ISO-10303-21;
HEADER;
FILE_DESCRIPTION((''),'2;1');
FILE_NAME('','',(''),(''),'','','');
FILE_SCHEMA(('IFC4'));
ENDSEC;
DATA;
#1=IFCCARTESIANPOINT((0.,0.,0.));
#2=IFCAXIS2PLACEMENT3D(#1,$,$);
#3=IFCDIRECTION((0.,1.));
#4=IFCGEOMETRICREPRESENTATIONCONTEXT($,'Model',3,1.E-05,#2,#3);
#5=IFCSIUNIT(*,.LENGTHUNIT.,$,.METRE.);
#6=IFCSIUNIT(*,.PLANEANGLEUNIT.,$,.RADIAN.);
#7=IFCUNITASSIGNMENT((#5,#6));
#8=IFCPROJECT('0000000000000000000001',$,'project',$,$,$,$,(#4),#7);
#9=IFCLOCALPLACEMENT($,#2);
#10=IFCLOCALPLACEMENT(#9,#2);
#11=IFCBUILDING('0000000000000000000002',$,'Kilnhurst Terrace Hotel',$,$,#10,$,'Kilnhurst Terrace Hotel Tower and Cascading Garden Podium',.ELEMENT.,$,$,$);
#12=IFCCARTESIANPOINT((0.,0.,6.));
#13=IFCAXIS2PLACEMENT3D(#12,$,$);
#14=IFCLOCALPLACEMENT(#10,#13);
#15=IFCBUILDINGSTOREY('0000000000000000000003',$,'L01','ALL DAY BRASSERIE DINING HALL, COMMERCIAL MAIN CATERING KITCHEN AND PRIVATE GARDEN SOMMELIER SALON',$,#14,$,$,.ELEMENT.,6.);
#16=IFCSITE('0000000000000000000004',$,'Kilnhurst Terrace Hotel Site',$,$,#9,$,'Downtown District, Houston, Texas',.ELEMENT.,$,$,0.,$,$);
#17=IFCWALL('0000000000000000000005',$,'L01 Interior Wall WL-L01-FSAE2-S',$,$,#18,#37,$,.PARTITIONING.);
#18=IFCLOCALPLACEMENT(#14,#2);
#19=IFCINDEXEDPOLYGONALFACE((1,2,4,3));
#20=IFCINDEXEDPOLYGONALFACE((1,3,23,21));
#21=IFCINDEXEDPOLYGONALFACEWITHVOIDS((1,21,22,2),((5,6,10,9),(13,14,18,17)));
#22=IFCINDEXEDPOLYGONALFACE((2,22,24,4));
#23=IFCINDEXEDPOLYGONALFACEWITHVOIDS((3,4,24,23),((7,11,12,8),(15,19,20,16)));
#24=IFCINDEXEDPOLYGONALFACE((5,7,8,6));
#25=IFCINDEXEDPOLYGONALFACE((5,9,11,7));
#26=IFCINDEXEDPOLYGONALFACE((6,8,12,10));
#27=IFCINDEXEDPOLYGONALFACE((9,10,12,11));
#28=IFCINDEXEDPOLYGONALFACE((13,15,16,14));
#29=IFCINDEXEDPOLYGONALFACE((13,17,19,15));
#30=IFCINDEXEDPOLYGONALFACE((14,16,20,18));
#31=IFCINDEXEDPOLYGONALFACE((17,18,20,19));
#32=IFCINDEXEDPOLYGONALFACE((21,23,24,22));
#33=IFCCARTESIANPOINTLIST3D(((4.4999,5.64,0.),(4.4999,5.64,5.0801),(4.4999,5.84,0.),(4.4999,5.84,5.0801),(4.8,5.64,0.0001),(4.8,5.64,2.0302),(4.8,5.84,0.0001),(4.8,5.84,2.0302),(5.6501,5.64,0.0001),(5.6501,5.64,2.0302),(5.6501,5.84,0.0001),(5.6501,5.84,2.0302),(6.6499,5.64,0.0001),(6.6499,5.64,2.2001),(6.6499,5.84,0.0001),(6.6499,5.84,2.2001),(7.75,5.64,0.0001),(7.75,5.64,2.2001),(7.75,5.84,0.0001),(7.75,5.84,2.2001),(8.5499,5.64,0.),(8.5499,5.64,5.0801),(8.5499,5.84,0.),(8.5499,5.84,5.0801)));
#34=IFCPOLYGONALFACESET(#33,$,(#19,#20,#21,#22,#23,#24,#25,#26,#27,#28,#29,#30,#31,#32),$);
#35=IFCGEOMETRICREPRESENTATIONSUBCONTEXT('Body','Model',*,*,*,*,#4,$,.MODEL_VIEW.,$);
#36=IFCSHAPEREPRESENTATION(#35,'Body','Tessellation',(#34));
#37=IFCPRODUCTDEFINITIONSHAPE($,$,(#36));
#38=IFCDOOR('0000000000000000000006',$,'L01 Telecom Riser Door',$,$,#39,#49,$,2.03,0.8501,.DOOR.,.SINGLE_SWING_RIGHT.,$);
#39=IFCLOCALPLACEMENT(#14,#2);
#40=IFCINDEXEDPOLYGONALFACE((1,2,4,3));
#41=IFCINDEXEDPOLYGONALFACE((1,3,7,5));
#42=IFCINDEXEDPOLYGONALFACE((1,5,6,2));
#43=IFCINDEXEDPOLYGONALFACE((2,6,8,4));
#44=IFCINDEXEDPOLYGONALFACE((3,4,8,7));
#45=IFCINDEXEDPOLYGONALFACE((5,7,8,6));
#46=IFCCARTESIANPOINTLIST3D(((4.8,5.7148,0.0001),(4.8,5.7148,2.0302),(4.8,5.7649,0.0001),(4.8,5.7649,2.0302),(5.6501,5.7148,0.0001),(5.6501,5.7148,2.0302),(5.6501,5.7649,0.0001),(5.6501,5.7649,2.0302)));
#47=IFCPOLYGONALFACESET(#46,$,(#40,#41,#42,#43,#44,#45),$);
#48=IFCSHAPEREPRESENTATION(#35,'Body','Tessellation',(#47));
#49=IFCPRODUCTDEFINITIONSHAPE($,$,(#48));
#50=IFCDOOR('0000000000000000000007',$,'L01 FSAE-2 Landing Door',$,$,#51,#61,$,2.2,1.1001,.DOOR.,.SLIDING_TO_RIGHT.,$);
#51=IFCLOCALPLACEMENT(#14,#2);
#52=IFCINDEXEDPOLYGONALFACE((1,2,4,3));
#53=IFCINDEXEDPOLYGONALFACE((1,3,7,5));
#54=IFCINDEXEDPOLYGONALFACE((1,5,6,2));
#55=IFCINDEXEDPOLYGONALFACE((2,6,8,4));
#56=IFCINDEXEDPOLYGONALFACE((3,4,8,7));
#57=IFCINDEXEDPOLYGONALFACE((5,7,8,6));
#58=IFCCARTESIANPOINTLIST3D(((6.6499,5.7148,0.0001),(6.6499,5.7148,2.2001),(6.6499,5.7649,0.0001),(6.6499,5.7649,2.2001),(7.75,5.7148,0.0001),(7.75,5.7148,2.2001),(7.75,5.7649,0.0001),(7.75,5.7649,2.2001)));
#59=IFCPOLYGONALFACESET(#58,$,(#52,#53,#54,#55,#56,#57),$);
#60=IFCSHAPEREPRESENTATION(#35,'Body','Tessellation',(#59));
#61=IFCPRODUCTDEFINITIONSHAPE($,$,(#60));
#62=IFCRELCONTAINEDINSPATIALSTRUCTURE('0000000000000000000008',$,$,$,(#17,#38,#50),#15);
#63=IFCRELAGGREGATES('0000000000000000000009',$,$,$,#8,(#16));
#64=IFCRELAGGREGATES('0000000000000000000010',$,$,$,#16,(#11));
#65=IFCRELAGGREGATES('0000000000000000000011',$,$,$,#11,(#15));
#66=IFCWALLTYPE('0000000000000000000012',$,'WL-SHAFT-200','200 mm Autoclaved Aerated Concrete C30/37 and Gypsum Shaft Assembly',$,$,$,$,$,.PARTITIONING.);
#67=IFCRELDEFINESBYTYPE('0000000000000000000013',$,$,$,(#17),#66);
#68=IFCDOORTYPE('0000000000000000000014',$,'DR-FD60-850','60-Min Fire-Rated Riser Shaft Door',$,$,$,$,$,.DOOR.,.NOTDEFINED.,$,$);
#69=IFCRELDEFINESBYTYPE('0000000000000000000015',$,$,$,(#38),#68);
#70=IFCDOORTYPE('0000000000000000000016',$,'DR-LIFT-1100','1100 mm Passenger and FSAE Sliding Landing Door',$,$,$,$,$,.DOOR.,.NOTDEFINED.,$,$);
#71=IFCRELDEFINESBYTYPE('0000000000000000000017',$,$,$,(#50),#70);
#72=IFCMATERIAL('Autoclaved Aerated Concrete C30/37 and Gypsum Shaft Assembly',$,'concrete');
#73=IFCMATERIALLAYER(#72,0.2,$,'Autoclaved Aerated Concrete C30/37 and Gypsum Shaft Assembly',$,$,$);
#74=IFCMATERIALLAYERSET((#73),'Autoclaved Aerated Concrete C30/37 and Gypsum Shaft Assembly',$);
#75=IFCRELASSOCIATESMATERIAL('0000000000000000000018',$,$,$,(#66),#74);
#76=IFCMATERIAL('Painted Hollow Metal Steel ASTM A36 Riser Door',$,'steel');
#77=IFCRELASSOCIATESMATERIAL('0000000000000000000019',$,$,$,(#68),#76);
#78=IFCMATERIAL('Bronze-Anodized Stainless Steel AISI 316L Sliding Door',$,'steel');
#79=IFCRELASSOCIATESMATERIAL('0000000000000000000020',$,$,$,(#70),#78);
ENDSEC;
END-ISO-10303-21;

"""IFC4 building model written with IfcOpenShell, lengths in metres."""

from ifc_helpers import new_model, si_unit, direction, frame, frame_2d, origin, place, context, subcontext, project, spatial, rectangle, extrude, material, layer, layer_set, type_object, element, fill, save


model = new_model("IFC4")

# Units and contexts
model_context = context("Model", 3, precision=1e-05, world=origin(), true_north=direction((0.0, 1.0)))
body_context = subcontext(model_context, "Body", "Model", "MODEL_VIEW")
ifc_project = project(units=[si_unit("LENGTHUNIT", "METRE"), si_unit("PLANEANGLEUNIT", "RADIAN")], contexts=[model_context])

# Site, building, storey
site_placement = place(None, origin())
site = spatial("IfcSite", under=ifc_project, at=site_placement, Name="Kilnhurst Terrace Hotel Site", LongName="Downtown District, Houston, Texas", CompositionType="ELEMENT", RefElevation=0.0)
building_placement = place(site_placement, origin())
building = spatial("IfcBuilding", under=site, at=building_placement, Name="Kilnhurst Terrace Hotel", LongName="Kilnhurst Terrace Hotel Tower and Cascading Garden Podium", CompositionType="ELEMENT")
storey_placement = place(building_placement, frame((0.0, 0.0, 6.0)))
storey = spatial("IfcBuildingStorey", under=building, at=storey_placement, Name="L01", Description="ALL DAY BRASSERIE DINING HALL, COMMERCIAL MAIN CATERING KITCHEN AND PRIVATE GARDEN SOMMELIER SALON", CompositionType="ELEMENT", Elevation=6.0)

# Wall, openings, doors
ifc_material_1 = material(Name="Autoclaved Aerated Concrete C30/37 and Gypsum Shaft Assembly", Category="concrete")
ifc_layer_1 = layer(ifc_material_1, 0.2, Name="Autoclaved Aerated Concrete C30/37 and Gypsum Shaft Assembly")
ifc_layer_set_1 = layer_set([ifc_layer_1], Name="Autoclaved Aerated Concrete C30/37 and Gypsum Shaft Assembly")
wall_type_1 = type_object("IfcWallType", Name="WL-SHAFT-200", Description="200 mm Autoclaved Aerated Concrete C30/37 and Gypsum Shaft Assembly", PredefinedType="PARTITIONING", material=ifc_layer_set_1)
wall_1_placement = place(storey_placement, frame((4.5, 5.74, 0.0), z_axis=(0.0, 0.0, 1.0), x_axis=(1.0, 0.0, 0.0)))
wall_1 = element("IfcWall", 1, at=wall_1_placement, inside=storey, type_object=wall_type_1, Name="L01 Interior Wall WL-L01-FSAE2-S", PredefinedType="PARTITIONING", context=body_context, shape_type="SweptSolid", body=[
    extrude(rectangle(XDim=4.05, YDim=0.2, at=frame_2d((2.0249, 0.0))), origin(), (0.0, 0.0, 1.0), 5.0801),
])
opening_1_placement = place(wall_1_placement, frame((0.3, 0.0, 0.0)))
opening_1 = element("IfcOpeningElement", 2, at=opening_1_placement, cuts=wall_1, PredefinedType="OPENING", context=body_context, shape_type="SweptSolid", body=[
    extrude(rectangle(XDim=0.8501, YDim=2.03, at=frame_2d((0.425, 1.0151))), frame((0.0, 0.1099, 0.0), z_axis=(0.0, -1.0, 0.0), x_axis=(1.0, 0.0, 0.0)), (0.0, 0.0, 1.0), 0.22),
])
opening_2_placement = place(wall_1_placement, frame((2.1499, 0.0, 0.0)))
opening_2 = element("IfcOpeningElement", 3, at=opening_2_placement, cuts=wall_1, PredefinedType="OPENING", context=body_context, shape_type="SweptSolid", body=[
    extrude(rectangle(XDim=1.1001, YDim=2.2, at=frame_2d((0.55, 1.1001))), frame((0.0, 0.1099, 0.0), z_axis=(0.0, -1.0, 0.0), x_axis=(1.0, 0.0, 0.0)), (0.0, 0.0, 1.0), 0.22),
])
ifc_material_2 = material(Name="Painted Hollow Metal Steel ASTM A36 Riser Door", Category="steel")
door_type_1 = type_object("IfcDoorType", Name="DR-FD60-850", Description="60-Min Fire-Rated Riser Shaft Door", OperationType="NOTDEFINED", PredefinedType="DOOR", material=ifc_material_2)
door_1_placement = place(opening_1_placement, origin())
door_1 = element("IfcDoor", 4, at=door_1_placement, inside=storey, type_object=door_type_1, Name="L01 Telecom Riser Door", OperationType="SINGLE_SWING_RIGHT", OverallHeight=2.03, OverallWidth=0.8501, PredefinedType="DOOR", context=body_context, shape_type="SweptSolid", body=[
    extrude(rectangle(XDim=0.8501, YDim=2.03, at=frame_2d((0.425, 1.0151))), frame((0.0, 0.0249, 0.0), z_axis=(0.0, -1.0, 0.0), x_axis=(1.0, 0.0, 0.0)), (0.0, 0.0, 1.0), 0.05),
])
fill(opening_1, door_1)
ifc_material_3 = material(Name="Bronze-Anodized Stainless Steel AISI 316L Sliding Door", Category="steel")
door_type_2 = type_object("IfcDoorType", Name="DR-LIFT-1100", Description="1100 mm Passenger and FSAE Sliding Landing Door", OperationType="NOTDEFINED", PredefinedType="DOOR", material=ifc_material_3)
door_2_placement = place(opening_2_placement, origin())
door_2 = element("IfcDoor", 5, at=door_2_placement, inside=storey, type_object=door_type_2, Name="L01 FSAE-2 Landing Door", OperationType="SLIDING_TO_RIGHT", OverallHeight=2.2, OverallWidth=1.1001, PredefinedType="DOOR", context=body_context, shape_type="SweptSolid", body=[
    extrude(rectangle(XDim=1.1001, YDim=2.2, at=frame_2d((0.55, 1.1001))), frame((0.0, 0.0249, 0.0), z_axis=(0.0, -1.0, 0.0), x_axis=(1.0, 0.0, 0.0)), (0.0, 0.0, 1.0), 0.05),
])
fill(opening_2, door_2)

save(model, "model.ifc")
